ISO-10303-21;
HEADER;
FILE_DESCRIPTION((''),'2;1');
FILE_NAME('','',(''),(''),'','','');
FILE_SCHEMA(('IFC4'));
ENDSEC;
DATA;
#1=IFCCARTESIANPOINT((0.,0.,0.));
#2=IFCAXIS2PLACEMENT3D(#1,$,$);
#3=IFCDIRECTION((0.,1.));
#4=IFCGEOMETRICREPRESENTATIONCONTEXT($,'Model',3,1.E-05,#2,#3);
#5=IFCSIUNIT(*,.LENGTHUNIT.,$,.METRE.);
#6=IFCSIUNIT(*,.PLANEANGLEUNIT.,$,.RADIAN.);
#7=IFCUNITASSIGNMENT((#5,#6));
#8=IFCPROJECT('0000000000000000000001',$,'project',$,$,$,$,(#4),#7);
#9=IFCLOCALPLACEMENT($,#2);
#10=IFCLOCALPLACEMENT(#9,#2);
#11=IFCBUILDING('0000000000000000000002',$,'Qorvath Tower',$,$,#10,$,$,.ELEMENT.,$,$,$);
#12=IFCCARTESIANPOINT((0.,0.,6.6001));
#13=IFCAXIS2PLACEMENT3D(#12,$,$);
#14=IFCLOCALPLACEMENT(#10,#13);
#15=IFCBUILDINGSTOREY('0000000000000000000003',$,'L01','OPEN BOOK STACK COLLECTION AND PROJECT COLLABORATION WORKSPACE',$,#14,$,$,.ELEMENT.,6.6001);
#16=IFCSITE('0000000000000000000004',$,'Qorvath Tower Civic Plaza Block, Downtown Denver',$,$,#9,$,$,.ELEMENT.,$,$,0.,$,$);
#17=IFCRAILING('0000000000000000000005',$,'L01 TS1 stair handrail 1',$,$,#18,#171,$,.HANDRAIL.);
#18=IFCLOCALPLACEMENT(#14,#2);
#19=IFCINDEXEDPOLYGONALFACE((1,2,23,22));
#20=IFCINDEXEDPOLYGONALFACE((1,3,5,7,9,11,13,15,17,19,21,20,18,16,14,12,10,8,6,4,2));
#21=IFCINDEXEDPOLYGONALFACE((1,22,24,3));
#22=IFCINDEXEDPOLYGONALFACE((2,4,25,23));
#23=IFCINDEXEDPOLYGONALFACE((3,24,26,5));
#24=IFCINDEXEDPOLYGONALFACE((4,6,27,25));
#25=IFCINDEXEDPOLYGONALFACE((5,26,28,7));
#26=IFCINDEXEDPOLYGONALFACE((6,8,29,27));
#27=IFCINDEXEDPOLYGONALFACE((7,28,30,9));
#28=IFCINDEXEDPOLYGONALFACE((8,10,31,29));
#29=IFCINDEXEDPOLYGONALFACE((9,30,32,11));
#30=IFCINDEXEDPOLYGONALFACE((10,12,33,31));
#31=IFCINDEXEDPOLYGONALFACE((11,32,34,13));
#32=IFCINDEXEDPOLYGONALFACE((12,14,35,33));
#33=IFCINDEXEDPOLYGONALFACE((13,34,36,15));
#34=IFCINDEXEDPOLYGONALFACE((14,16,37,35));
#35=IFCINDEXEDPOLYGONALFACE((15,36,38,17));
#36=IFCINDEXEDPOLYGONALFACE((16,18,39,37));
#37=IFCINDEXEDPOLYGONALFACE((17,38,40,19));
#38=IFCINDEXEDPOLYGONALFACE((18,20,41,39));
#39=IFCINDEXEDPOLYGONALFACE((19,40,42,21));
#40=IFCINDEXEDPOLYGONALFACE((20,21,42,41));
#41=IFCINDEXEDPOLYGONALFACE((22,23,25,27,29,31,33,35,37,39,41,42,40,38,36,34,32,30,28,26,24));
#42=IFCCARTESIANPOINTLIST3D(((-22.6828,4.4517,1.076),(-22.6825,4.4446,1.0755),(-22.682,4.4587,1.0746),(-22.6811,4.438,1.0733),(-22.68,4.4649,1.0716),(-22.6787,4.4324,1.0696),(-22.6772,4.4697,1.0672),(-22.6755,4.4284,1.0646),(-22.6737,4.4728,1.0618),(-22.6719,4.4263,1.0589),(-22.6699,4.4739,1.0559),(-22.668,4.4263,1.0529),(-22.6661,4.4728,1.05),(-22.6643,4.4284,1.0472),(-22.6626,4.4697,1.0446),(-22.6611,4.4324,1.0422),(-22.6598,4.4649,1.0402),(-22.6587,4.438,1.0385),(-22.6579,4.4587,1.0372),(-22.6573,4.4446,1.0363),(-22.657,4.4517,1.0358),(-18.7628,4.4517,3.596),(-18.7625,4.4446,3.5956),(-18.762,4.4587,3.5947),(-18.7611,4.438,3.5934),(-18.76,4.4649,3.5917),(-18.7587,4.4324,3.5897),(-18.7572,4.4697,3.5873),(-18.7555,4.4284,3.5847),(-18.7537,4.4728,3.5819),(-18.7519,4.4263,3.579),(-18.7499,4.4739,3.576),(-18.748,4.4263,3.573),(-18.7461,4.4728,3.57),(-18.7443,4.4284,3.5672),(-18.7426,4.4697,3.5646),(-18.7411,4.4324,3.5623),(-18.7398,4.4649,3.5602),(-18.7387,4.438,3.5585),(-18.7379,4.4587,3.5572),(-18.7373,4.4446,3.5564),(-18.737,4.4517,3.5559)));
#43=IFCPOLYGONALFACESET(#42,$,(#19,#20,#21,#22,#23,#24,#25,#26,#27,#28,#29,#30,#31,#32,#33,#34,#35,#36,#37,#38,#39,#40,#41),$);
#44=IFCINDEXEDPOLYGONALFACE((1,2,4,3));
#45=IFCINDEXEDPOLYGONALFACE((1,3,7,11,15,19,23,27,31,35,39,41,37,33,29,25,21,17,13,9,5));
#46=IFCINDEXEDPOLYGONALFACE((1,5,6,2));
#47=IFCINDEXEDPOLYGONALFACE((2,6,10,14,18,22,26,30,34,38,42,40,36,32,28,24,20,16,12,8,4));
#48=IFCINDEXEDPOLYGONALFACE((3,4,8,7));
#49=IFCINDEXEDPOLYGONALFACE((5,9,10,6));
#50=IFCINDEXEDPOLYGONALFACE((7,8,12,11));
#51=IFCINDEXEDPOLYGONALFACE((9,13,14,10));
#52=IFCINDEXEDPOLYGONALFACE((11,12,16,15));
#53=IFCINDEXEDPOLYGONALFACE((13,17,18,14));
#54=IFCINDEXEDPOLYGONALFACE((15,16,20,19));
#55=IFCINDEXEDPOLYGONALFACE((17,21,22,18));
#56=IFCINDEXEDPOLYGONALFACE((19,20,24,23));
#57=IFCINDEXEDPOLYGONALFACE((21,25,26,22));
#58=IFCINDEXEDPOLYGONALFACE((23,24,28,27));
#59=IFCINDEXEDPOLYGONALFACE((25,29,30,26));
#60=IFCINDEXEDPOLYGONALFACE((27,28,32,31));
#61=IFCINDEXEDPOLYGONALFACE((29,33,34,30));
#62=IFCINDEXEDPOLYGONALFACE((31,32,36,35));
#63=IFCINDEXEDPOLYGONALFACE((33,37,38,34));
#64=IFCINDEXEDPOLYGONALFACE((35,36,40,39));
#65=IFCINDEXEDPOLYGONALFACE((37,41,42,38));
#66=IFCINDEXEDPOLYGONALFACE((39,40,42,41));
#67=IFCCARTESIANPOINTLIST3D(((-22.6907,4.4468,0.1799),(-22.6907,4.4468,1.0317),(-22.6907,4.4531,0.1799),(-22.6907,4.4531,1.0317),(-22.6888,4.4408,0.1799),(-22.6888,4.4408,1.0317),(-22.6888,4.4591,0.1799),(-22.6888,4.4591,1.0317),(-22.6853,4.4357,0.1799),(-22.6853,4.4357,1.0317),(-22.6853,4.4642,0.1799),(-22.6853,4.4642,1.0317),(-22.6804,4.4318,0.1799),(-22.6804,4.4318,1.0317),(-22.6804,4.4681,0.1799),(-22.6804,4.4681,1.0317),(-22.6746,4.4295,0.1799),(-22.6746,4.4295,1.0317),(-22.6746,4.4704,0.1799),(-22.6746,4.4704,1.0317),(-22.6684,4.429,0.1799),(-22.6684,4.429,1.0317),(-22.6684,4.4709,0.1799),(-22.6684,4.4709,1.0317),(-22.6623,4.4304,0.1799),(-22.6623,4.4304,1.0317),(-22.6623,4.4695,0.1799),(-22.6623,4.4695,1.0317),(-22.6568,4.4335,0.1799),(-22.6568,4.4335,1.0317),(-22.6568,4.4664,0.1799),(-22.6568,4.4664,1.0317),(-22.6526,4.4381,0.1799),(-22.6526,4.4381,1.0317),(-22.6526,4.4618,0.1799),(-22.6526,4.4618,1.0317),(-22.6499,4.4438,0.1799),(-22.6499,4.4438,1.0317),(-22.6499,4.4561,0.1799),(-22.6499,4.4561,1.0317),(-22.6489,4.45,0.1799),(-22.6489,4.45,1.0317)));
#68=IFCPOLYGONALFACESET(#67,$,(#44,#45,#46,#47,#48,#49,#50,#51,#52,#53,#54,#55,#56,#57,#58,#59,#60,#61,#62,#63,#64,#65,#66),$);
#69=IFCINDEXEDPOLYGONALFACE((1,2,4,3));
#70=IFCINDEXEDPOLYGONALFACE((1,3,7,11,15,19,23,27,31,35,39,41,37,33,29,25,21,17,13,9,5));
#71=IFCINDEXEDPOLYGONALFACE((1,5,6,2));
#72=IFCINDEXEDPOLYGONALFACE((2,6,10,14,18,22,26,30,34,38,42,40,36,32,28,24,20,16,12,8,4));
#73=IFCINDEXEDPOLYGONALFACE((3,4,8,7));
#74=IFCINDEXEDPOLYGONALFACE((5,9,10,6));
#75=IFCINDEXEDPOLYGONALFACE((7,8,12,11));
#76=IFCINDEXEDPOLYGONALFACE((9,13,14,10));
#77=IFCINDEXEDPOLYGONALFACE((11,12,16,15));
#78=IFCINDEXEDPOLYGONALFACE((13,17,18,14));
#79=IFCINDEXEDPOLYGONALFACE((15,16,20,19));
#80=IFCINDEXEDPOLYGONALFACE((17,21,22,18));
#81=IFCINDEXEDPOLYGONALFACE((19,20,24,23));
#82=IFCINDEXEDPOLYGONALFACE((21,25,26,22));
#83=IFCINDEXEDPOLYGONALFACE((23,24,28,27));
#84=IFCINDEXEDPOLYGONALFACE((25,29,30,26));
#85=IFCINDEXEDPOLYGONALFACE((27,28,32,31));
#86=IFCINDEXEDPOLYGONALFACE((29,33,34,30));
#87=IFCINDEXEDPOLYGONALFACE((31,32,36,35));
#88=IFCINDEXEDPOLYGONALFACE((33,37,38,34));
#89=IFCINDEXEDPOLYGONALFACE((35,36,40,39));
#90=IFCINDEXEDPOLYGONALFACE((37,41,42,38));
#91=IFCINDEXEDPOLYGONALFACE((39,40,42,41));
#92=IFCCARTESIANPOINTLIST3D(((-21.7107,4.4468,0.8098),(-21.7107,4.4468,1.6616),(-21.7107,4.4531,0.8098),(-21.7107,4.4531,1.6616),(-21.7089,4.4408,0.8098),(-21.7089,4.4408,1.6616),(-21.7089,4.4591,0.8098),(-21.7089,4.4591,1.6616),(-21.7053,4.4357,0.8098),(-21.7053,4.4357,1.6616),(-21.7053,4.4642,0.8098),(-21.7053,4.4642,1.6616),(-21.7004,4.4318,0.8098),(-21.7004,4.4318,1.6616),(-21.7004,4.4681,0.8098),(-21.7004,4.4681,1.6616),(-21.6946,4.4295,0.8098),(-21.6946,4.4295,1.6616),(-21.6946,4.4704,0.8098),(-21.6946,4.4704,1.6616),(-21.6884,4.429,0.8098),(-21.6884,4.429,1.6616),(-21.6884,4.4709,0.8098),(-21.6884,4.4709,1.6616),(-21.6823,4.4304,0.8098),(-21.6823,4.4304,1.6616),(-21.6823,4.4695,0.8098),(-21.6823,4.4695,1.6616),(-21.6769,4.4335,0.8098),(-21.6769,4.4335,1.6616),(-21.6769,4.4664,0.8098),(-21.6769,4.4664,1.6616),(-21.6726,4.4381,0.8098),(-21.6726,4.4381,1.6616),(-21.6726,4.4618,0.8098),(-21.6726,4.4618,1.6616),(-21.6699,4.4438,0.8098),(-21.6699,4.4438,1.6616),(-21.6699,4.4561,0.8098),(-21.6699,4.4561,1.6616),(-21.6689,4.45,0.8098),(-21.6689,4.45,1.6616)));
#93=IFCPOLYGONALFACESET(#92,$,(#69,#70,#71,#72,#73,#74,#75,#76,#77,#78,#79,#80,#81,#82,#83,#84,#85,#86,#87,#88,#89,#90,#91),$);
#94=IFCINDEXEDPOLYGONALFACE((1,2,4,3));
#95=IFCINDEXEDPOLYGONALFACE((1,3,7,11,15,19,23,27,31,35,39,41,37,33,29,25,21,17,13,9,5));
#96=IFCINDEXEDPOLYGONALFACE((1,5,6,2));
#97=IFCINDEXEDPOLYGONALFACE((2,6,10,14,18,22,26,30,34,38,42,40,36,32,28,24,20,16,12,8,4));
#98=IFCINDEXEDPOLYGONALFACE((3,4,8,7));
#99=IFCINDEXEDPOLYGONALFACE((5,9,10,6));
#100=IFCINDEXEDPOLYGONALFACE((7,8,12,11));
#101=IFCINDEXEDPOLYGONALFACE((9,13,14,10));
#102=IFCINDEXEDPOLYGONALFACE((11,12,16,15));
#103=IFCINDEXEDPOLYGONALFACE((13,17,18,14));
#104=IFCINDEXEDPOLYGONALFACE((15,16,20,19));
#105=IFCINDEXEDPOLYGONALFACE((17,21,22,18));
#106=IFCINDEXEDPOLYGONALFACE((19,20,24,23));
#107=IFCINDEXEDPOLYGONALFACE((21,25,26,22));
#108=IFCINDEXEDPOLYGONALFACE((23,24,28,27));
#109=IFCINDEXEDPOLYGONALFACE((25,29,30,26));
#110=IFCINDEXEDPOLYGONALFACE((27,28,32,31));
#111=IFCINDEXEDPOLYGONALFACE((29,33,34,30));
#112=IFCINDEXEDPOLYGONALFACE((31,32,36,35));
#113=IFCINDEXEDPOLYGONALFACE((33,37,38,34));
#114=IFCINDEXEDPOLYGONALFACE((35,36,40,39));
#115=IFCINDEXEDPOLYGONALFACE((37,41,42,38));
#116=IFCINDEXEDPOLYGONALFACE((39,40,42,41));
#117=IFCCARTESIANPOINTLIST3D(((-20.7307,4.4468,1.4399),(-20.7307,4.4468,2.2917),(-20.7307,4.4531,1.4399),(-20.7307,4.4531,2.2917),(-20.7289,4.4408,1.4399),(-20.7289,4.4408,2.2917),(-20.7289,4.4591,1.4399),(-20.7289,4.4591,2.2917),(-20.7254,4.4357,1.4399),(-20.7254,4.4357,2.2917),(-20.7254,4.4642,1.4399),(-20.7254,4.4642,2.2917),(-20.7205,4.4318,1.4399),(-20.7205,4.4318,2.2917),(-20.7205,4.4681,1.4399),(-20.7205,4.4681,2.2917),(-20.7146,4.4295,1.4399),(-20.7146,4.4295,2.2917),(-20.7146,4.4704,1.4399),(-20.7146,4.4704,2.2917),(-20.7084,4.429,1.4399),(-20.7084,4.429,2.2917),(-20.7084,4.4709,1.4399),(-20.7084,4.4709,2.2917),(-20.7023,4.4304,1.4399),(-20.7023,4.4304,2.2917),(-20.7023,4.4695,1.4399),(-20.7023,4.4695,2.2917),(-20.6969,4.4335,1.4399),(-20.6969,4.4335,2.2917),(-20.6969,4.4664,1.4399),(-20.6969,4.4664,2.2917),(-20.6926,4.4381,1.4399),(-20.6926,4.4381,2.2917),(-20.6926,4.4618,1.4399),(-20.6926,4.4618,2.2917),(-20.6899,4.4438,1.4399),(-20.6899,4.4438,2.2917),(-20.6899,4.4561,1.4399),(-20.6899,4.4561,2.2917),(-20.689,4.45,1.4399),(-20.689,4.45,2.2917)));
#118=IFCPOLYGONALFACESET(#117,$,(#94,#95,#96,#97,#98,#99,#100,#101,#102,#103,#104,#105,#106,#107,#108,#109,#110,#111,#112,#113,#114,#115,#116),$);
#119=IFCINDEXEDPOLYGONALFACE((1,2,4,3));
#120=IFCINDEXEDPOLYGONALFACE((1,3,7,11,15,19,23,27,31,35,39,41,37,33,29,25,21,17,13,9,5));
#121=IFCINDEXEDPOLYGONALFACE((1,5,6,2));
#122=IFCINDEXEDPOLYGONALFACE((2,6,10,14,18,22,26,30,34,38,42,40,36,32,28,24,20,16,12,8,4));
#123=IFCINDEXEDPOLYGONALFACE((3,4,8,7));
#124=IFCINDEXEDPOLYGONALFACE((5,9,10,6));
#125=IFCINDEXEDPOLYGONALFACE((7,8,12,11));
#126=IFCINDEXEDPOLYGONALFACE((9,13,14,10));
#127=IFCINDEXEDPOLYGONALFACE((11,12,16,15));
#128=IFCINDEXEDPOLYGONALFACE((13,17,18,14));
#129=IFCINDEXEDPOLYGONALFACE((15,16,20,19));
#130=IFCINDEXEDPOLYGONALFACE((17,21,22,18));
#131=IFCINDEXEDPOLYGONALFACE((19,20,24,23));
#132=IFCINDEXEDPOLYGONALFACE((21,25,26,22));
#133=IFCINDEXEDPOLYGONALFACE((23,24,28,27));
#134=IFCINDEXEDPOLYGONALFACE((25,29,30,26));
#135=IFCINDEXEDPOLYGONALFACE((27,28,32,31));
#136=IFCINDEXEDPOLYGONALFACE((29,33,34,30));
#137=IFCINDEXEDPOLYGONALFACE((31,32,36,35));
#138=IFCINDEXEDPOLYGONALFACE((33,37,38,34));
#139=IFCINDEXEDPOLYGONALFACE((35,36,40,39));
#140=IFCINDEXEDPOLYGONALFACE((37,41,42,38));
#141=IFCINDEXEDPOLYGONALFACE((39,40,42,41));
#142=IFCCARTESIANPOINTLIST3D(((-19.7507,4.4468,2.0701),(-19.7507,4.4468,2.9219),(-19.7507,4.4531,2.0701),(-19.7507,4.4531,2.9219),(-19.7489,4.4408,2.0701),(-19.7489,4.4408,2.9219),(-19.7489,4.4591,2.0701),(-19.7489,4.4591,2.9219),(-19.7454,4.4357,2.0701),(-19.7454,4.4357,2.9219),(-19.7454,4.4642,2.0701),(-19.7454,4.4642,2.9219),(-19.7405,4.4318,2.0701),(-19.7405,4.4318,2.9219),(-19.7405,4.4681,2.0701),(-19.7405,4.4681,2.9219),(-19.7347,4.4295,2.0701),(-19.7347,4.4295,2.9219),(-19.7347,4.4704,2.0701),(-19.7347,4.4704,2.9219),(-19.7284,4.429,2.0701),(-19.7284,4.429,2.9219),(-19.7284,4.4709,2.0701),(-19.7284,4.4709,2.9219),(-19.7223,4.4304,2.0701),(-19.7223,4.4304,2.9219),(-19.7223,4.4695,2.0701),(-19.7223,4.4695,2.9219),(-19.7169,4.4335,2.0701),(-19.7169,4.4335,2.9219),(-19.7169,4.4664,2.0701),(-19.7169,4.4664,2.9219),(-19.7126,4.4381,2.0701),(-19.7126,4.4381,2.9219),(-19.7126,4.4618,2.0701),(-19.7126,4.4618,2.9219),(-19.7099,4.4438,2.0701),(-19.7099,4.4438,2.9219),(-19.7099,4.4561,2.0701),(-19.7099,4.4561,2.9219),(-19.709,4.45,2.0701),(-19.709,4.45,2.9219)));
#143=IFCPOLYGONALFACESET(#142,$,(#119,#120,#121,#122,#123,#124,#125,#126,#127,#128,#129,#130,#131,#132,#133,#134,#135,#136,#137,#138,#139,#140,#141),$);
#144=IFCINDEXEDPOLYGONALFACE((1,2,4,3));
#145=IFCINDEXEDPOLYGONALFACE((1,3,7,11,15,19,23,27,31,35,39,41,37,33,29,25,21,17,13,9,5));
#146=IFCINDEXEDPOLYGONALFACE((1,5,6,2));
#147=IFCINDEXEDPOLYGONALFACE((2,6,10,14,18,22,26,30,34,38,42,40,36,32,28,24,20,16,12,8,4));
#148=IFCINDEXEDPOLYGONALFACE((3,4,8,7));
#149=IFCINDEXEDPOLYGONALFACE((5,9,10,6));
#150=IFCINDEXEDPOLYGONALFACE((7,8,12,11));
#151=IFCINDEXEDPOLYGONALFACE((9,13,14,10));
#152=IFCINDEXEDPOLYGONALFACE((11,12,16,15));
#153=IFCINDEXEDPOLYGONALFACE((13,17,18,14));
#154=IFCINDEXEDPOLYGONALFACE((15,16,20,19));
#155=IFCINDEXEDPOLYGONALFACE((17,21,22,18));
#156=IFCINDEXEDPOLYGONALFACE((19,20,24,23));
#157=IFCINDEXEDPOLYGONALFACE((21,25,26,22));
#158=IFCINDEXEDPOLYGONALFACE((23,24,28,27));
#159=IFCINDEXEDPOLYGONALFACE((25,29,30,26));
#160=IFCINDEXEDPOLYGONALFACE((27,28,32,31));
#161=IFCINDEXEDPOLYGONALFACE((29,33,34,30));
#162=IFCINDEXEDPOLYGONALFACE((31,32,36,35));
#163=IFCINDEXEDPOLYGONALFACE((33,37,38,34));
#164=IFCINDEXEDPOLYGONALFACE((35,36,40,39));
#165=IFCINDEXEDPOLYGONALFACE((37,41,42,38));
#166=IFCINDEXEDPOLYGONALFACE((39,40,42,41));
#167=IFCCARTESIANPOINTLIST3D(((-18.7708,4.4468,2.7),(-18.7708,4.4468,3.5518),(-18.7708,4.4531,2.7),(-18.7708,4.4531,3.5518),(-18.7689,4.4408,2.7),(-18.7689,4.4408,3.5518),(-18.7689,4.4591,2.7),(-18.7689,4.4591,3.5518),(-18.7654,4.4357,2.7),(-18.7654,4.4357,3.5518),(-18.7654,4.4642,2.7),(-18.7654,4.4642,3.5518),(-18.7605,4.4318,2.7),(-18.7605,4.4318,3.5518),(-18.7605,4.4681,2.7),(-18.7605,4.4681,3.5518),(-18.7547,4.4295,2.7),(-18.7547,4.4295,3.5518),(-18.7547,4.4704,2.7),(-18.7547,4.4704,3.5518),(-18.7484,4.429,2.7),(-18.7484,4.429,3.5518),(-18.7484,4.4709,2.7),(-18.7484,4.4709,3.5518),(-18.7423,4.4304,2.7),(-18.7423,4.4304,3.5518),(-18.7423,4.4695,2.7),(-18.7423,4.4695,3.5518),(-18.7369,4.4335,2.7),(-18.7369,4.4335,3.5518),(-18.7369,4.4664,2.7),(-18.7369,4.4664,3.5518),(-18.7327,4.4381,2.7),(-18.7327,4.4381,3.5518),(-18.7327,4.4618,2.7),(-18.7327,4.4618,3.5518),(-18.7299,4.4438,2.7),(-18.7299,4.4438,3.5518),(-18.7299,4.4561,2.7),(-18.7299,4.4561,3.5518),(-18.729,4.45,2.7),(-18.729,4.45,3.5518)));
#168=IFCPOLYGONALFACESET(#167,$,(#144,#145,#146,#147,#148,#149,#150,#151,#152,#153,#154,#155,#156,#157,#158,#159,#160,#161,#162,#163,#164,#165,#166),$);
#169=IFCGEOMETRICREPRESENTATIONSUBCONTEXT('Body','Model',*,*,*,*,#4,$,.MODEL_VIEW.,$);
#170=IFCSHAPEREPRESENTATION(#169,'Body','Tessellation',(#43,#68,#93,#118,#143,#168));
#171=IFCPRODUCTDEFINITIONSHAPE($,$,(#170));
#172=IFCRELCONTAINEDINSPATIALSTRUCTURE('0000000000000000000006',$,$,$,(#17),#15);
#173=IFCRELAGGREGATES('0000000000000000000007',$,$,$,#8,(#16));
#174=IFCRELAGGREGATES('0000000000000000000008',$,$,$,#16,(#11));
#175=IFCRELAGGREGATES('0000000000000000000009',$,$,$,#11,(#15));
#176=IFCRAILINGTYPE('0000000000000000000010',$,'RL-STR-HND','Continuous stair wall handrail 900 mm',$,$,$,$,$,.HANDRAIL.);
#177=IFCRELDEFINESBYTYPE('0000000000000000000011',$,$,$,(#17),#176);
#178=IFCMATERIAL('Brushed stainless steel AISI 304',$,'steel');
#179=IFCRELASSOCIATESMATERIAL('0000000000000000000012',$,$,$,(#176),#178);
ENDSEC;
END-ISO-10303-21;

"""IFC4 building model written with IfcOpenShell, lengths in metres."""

from ifc_helpers import new_model, si_unit, direction, frame, origin, origin_2d, place, context, subcontext, project, spatial, circle, extrude, material, type_object, element, save


model = new_model("IFC4")

# Units and contexts
model_context = context("Model", 3, precision=1e-05, world=origin(), true_north=direction((0.0, 1.0)))
body_context = subcontext(model_context, "Body", "Model", "MODEL_VIEW")
ifc_project = project(units=[si_unit("LENGTHUNIT", "METRE"), si_unit("PLANEANGLEUNIT", "RADIAN")], contexts=[model_context])

# Site, building, storey
site_placement = place(None, origin())
site = spatial("IfcSite", under=ifc_project, at=site_placement, Name="Qorvath Tower Civic Plaza Block, Downtown Denver", CompositionType="ELEMENT", RefElevation=0.0)
building_placement = place(site_placement, origin())
building = spatial("IfcBuilding", under=site, at=building_placement, Name="Qorvath Tower", CompositionType="ELEMENT")
storey_placement = place(building_placement, frame((0.0, 0.0, 6.6001)))
storey = spatial("IfcBuildingStorey", under=building, at=storey_placement, Name="L01", Description="OPEN BOOK STACK COLLECTION AND PROJECT COLLABORATION WORKSPACE", CompositionType="ELEMENT", Elevation=6.6001)

# Railing
ifc_material_1 = material(Name="Brushed stainless steel AISI 304", Category="steel")
railing_type_1 = type_object("IfcRailingType", Name="RL-STR-HND", Description="Continuous stair wall handrail 900 mm", PredefinedType="HANDRAIL", material=ifc_material_1)
railing_1_placement = place(storey_placement, frame((-22.6699, 4.45, 0.1799)))
element("IfcRailing", 1, at=railing_1_placement, inside=storey, type_object=railing_type_1, Name="L01 TS1 stair handrail 1", PredefinedType="HANDRAIL", context=body_context, shape_type="SweptSolid", body=[
    extrude(circle(Radius=0.0239, at=origin_2d()), frame((0.0, 0.0, 0.876), z_axis=(0.841172, 0.0, 0.540768), x_axis=(0.0, 1.0, 0.0)), (0.0, 0.0, 1.0), 4.6602),
    extrude(circle(Radius=0.021, at=origin_2d()), origin(), (0.0, 0.0, 1.0), 0.8518),
    extrude(circle(Radius=0.021, at=origin_2d()), frame((0.98, 0.0, 0.6299)), (0.0, 0.0, 1.0), 0.8518),
    extrude(circle(Radius=0.021, at=origin_2d()), frame((1.96, 0.0, 1.26)), (0.0, 0.0, 1.0), 0.8518),
    extrude(circle(Radius=0.021, at=origin_2d()), frame((2.9399, 0.0, 1.8901)), (0.0, 0.0, 1.0), 0.8518),
    extrude(circle(Radius=0.021, at=origin_2d()), frame((3.9199, 0.0, 2.52)), (0.0, 0.0, 1.0), 0.8518),
])

save(model, "model.ifc")
